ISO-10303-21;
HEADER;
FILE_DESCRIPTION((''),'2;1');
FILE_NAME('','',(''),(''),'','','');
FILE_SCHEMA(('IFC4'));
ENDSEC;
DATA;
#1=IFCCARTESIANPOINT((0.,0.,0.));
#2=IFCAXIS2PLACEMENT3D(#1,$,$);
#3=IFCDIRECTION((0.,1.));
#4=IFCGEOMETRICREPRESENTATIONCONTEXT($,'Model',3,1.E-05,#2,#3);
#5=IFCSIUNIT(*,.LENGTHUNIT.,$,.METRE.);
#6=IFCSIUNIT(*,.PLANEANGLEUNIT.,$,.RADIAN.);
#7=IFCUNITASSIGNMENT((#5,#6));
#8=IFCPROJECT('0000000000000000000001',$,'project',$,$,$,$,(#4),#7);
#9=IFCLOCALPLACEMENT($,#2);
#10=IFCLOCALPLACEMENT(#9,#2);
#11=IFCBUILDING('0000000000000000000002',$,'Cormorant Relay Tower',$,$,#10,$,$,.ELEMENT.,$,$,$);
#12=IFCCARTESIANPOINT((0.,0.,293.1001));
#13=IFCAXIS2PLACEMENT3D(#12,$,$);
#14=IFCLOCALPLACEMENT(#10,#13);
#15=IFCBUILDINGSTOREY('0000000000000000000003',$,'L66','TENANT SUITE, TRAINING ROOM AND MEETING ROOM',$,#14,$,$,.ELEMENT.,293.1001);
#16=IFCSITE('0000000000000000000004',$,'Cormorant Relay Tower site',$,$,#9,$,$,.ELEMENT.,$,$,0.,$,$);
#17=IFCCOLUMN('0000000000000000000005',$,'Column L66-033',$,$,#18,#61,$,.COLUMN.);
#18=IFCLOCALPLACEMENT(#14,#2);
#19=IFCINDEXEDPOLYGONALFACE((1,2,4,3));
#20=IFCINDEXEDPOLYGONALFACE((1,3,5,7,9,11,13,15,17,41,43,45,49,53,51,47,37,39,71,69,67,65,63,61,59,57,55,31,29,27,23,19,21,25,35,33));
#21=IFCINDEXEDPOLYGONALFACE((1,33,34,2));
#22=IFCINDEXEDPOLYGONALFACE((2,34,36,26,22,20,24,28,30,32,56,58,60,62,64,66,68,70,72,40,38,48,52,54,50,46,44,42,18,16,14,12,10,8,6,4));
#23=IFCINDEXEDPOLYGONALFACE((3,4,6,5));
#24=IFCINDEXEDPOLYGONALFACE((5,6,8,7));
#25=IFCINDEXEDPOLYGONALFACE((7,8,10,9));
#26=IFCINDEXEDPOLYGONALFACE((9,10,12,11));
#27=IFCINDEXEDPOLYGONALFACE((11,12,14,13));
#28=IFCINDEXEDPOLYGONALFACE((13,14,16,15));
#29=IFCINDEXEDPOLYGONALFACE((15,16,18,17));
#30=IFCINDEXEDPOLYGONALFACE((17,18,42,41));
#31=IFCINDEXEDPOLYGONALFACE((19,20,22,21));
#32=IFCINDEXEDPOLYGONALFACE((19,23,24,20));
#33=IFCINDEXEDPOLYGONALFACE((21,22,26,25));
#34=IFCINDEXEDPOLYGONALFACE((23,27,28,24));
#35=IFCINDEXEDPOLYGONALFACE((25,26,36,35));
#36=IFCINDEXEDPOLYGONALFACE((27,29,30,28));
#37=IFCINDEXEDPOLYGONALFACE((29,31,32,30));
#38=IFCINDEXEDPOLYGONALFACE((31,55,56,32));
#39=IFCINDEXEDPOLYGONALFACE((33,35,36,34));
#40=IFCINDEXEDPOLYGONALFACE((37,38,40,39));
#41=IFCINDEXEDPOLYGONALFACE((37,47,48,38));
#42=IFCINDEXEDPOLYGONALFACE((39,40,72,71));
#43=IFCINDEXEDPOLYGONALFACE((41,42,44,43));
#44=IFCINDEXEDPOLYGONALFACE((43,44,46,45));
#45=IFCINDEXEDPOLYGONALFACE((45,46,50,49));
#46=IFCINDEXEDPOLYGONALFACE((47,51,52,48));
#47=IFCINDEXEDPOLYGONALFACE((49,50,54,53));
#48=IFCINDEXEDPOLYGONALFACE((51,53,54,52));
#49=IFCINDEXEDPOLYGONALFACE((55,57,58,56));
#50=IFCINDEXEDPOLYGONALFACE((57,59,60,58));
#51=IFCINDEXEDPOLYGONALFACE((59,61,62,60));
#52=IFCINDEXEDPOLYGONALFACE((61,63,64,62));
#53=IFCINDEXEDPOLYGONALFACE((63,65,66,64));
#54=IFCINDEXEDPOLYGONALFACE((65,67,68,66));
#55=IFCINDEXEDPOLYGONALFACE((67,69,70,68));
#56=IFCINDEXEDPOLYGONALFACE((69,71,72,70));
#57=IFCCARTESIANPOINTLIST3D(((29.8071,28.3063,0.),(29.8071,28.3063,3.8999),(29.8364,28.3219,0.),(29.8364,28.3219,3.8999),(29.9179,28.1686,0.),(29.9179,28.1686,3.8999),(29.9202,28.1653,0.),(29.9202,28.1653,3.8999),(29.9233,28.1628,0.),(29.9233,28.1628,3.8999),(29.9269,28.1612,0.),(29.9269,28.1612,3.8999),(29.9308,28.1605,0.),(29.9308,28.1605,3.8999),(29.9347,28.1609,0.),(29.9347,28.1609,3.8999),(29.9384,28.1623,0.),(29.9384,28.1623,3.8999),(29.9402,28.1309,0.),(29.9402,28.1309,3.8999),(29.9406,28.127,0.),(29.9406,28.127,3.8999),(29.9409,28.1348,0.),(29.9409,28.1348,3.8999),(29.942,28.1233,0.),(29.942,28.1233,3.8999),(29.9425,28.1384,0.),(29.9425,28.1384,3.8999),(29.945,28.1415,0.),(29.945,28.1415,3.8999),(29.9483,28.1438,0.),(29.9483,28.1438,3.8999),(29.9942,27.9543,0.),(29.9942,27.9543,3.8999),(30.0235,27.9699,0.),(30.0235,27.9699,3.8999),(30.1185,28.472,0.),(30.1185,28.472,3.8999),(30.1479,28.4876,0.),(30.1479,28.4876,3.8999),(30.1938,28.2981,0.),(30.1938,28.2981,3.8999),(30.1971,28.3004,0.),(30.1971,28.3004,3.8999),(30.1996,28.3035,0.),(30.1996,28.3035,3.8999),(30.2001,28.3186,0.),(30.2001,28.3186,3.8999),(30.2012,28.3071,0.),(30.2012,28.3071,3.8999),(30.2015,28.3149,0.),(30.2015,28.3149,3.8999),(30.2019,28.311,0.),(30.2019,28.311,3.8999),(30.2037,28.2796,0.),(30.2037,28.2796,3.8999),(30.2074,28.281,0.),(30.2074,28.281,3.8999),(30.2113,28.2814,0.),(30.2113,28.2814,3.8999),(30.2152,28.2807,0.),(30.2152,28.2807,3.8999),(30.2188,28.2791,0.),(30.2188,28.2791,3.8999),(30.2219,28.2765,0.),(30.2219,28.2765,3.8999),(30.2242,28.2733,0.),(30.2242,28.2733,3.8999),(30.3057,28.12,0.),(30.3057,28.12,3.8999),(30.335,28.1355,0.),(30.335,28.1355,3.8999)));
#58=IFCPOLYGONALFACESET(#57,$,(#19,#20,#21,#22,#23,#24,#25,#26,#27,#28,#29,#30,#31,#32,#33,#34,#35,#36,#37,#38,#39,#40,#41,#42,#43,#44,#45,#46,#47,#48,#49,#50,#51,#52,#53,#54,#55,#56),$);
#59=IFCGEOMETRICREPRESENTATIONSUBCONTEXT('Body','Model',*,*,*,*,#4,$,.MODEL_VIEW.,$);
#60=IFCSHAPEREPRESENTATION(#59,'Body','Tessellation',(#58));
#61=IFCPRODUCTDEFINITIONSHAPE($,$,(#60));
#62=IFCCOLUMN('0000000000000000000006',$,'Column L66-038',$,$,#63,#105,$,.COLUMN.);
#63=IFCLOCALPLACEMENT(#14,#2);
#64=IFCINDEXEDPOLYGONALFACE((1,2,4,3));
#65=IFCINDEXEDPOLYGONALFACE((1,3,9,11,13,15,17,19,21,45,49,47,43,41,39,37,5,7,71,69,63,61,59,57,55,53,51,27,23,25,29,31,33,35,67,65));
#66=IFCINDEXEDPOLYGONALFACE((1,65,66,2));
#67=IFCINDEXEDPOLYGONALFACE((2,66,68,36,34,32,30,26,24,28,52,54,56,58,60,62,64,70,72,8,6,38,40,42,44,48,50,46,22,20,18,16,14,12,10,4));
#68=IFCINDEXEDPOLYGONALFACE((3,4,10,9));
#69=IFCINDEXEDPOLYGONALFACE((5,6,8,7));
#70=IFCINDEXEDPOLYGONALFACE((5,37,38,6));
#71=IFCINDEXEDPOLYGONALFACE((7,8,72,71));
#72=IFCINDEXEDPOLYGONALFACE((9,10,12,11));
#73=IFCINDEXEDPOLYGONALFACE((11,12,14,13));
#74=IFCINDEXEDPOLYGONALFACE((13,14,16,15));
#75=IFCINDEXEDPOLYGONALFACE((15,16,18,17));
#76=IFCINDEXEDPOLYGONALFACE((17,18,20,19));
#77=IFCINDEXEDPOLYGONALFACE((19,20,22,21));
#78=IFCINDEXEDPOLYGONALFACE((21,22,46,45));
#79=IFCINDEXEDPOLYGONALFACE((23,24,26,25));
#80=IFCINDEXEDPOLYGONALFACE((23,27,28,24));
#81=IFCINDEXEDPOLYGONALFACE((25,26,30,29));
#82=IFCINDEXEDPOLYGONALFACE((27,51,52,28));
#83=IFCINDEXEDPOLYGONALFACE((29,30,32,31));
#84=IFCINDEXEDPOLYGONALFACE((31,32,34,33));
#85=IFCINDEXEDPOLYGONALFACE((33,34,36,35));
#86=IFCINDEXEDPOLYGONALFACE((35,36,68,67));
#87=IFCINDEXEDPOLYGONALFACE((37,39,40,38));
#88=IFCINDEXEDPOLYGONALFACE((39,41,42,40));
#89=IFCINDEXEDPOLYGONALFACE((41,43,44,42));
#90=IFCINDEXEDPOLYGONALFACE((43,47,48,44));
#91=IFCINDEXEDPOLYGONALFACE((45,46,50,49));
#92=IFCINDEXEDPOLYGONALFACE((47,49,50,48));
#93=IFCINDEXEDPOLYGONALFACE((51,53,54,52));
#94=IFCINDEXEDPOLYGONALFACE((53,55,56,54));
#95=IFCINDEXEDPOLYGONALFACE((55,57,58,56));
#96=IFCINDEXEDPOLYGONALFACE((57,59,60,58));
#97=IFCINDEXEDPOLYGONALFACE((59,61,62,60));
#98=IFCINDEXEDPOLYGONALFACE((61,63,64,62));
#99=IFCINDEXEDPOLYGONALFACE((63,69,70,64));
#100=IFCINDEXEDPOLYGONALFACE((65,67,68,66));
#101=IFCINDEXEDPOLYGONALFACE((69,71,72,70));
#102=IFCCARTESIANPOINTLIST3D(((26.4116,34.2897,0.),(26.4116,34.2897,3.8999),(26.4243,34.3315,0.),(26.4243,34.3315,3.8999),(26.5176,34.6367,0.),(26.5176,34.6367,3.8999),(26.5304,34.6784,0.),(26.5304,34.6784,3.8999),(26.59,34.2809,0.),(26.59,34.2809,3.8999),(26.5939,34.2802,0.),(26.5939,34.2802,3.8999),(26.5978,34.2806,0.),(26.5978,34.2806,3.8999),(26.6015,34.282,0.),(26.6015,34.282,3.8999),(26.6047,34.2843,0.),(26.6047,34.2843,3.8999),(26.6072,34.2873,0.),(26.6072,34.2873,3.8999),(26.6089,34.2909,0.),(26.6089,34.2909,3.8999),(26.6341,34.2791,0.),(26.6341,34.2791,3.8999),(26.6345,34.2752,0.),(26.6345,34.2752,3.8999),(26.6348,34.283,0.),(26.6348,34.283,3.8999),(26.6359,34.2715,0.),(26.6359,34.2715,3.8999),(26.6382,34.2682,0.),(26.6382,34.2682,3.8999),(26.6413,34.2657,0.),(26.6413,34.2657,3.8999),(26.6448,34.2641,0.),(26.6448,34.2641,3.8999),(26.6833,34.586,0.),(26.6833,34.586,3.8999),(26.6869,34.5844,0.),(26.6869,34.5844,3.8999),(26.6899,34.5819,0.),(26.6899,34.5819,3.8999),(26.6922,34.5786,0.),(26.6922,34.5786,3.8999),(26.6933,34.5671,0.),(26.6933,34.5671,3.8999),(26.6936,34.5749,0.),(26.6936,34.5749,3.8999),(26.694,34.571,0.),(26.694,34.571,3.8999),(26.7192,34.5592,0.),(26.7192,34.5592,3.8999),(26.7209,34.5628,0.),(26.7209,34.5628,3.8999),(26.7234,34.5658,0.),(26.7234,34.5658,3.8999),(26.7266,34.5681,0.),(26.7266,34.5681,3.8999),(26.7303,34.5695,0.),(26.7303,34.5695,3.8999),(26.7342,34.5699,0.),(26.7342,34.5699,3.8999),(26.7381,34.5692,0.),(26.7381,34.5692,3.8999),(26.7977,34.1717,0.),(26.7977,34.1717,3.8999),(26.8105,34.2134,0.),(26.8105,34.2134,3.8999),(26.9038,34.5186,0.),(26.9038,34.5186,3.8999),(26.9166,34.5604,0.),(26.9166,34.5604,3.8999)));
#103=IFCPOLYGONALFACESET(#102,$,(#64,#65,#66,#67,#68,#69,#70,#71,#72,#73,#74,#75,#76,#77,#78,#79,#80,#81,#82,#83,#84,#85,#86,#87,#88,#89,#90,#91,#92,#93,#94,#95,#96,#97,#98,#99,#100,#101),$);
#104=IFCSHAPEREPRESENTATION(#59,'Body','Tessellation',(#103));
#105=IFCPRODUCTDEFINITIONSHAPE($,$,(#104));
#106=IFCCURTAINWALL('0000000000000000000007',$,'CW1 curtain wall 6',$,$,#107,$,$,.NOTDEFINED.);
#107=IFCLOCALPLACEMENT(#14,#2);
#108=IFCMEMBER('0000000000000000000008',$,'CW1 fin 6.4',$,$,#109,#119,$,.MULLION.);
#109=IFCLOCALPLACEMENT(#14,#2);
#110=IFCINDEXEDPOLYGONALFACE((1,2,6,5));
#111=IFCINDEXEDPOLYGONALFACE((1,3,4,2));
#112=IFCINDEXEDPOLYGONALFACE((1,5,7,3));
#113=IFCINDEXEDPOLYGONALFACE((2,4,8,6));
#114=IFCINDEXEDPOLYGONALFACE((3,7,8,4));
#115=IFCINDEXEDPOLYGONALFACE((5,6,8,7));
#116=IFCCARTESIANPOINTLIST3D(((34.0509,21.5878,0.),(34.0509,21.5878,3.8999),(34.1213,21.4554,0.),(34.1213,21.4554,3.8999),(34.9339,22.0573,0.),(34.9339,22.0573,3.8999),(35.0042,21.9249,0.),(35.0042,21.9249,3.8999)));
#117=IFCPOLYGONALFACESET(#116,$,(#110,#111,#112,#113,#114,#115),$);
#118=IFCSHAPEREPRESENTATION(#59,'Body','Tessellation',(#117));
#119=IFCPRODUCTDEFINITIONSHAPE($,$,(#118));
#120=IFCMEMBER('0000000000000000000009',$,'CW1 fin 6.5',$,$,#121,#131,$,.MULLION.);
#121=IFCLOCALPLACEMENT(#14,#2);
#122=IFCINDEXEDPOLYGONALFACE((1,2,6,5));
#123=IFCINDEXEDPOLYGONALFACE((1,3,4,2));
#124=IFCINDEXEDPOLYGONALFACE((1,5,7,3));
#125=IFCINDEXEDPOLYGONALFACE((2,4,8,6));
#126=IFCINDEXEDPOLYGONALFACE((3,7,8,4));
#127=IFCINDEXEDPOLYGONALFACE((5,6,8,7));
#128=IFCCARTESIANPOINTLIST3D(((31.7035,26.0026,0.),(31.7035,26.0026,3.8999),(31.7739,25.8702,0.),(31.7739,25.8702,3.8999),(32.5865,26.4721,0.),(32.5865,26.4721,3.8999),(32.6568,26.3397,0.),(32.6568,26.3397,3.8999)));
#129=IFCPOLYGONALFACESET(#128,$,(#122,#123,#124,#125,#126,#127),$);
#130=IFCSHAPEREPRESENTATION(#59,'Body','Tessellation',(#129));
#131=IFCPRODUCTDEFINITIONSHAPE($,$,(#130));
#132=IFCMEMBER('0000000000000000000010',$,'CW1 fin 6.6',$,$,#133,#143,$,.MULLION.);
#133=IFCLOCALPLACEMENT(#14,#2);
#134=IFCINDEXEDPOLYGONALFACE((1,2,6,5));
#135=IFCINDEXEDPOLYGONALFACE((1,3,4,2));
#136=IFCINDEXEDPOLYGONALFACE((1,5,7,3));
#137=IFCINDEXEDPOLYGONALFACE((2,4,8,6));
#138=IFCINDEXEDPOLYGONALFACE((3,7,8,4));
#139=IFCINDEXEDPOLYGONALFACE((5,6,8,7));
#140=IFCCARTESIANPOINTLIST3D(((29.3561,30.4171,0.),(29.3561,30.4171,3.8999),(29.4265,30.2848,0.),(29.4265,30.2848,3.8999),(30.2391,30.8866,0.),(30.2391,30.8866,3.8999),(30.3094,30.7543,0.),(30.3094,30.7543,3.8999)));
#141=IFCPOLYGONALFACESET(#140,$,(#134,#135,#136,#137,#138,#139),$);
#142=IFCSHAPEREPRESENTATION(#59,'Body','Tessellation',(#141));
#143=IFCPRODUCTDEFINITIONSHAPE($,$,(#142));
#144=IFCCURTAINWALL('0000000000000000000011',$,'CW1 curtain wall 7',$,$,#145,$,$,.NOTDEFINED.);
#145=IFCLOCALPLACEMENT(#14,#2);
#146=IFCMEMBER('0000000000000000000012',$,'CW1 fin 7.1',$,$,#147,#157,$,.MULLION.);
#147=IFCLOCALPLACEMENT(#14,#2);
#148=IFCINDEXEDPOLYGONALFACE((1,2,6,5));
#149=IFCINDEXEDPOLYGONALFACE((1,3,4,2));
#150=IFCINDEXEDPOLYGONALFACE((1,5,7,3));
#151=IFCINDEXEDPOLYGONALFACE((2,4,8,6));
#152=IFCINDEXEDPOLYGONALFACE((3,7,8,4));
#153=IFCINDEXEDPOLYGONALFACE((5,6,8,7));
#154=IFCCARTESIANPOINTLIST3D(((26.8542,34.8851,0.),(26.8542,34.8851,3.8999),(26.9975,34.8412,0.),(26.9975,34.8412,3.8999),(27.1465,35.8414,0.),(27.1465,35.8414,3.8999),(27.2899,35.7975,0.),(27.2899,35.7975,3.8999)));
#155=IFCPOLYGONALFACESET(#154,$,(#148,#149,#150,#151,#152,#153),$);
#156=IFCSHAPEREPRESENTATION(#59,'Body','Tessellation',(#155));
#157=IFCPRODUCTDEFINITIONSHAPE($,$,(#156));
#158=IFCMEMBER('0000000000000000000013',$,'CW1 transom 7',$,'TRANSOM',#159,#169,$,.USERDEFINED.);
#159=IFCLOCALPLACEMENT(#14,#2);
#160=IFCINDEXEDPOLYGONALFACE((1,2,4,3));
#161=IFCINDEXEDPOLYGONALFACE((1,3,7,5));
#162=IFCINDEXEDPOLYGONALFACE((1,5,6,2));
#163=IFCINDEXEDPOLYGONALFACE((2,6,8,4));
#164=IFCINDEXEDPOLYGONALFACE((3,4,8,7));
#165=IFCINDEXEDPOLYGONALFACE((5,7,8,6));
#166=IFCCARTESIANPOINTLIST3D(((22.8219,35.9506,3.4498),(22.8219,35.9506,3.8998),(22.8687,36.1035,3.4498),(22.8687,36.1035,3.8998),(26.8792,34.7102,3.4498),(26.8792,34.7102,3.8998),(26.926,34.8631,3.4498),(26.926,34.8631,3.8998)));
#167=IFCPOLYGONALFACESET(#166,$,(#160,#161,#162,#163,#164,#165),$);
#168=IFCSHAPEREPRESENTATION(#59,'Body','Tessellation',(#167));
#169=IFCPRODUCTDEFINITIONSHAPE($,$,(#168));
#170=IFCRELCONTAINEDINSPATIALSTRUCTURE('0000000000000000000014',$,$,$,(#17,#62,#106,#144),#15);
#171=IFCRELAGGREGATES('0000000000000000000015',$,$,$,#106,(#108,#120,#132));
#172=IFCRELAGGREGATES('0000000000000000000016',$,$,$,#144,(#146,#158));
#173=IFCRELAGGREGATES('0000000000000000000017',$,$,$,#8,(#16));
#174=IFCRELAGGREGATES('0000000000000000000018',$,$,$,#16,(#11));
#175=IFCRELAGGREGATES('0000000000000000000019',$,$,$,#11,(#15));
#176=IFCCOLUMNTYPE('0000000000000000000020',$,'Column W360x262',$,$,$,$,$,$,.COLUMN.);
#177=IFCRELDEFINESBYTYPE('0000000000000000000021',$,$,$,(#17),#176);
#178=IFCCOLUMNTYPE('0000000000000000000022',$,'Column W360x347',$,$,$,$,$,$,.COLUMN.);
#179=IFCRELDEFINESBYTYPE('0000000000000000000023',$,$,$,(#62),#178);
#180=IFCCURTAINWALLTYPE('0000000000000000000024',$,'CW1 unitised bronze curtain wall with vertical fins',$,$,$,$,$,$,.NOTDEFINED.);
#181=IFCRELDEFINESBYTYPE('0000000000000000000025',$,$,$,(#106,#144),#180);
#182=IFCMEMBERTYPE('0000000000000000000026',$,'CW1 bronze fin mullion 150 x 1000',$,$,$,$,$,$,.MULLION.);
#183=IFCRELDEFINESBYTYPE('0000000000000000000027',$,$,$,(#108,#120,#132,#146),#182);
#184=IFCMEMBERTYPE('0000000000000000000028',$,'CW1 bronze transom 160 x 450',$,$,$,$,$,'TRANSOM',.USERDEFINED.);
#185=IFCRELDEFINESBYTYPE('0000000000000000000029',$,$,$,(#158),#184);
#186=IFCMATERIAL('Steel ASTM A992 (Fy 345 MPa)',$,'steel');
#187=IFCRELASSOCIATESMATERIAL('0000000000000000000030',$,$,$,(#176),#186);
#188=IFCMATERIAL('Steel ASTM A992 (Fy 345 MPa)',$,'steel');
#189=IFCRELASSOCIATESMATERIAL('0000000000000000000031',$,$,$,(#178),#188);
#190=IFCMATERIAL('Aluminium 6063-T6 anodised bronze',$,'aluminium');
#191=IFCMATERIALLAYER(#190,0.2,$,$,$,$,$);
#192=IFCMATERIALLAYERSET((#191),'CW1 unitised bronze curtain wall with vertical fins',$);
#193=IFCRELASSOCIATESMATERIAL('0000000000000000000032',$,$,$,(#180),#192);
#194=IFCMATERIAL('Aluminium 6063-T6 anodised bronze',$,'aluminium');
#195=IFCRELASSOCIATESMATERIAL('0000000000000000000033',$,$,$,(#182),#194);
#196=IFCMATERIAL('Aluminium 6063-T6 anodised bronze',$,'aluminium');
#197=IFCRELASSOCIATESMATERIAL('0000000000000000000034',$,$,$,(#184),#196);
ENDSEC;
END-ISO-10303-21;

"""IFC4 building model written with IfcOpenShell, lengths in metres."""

from ifc_helpers import new_model, si_unit, direction, frame, origin, origin_2d, place, context, subcontext, project, spatial, rectangle, i_section, extrude, material, layer, layer_set, material_profile, profile_set, type_object, element, aggregate, save


model = new_model("IFC4")

# Units and contexts
model_context = context("Model", 3, precision=1e-05, world=origin(), true_north=direction((0.0, 1.0)))
body_context = subcontext(model_context, "Body", "Model", "MODEL_VIEW")
ifc_project = project(units=[si_unit("LENGTHUNIT", "METRE"), si_unit("PLANEANGLEUNIT", "RADIAN")], contexts=[model_context])

# Site, building, storey
site_placement = place(None, origin())
site = spatial("IfcSite", under=ifc_project, at=site_placement, Name="Cormorant Relay Tower site", CompositionType="ELEMENT", RefElevation=0.0)
building_placement = place(site_placement, origin())
building = spatial("IfcBuilding", under=site, at=building_placement, Name="Cormorant Relay Tower", CompositionType="ELEMENT")
storey_placement = place(building_placement, frame((0.0, 0.0, 293.1001)))
storey = spatial("IfcBuildingStorey", under=building, at=storey_placement, Name="L66", Description="TENANT SUITE, TRAINING ROOM AND MEETING ROOM", CompositionType="ELEMENT", Elevation=293.1001)

# Columns
ifc_material_1 = material(Name="Steel ASTM A992 (Fy 345 MPa)", Category="steel")
ifc_material_profile_1 = material_profile(ifc_material_1, i_section(OverallWidth=0.3987, OverallDepth=0.386, WebThickness=0.021, FlangeThickness=0.0332, FilletRadius=0.0151, at=origin_2d()), Name="W360x262")
ifc_profile_set_1 = profile_set([ifc_material_profile_1], Name="Steel ASTM A992 (Fy 345 MPa)")
column_type_1 = type_object("IfcColumnType", Name="Column W360x262", PredefinedType="COLUMN", material=ifc_profile_set_1)
column_1_placement = place(storey_placement, frame((30.071, 28.2209, 0.0), z_axis=(0.0, 0.0, 1.0), x_axis=(-0.469472, 0.882948, 0.0)))
element("IfcColumn", 1, at=column_1_placement, inside=storey, type_object=column_type_1, Name="Column L66-033", PredefinedType="COLUMN", context=body_context, shape_type="SweptSolid", body=[
    extrude(i_section(OverallWidth=0.3987, OverallDepth=0.386, WebThickness=0.021, FlangeThickness=0.0332, FilletRadius=0.0151, at=origin_2d()), origin(), (0.0, 0.0, 1.0), 3.8999),
])
ifc_material_2 = material(Name="Steel ASTM A992 (Fy 345 MPa)", Category="steel")
ifc_material_profile_2 = material_profile(ifc_material_2, i_section(OverallWidth=0.4038, OverallDepth=0.4065, WebThickness=0.0271, FlangeThickness=0.0437, FilletRadius=0.0151, at=origin_2d()), Name="W360x347")
ifc_profile_set_2 = profile_set([ifc_material_profile_2], Name="Steel ASTM A992 (Fy 345 MPa)")
column_type_2 = type_object("IfcColumnType", Name="Column W360x347", PredefinedType="COLUMN", material=ifc_profile_set_2)
column_2_placement = place(storey_placement, frame((26.6641, 34.425, 0.0), z_axis=(0.0, 0.0, 1.0), x_axis=(-0.956305, 0.292372, 0.0)))
element("IfcColumn", 2, at=column_2_placement, inside=storey, type_object=column_type_2, Name="Column L66-038", PredefinedType="COLUMN", context=body_context, shape_type="SweptSolid", body=[
    extrude(i_section(OverallWidth=0.4038, OverallDepth=0.4065, WebThickness=0.0271, FlangeThickness=0.0437, FilletRadius=0.0151, at=origin_2d()), origin(), (0.0, 0.0, 1.0), 3.8999),
])

# Curtain walls, members
ifc_material_3 = material(Name="Aluminium 6063-T6 anodised bronze", Category="aluminium")
ifc_layer_1 = layer(ifc_material_3, 0.2)
ifc_layer_set_1 = layer_set([ifc_layer_1], Name="CW1 unitised bronze curtain wall with vertical fins")
curtain_wall_type = type_object("IfcCurtainWallType", Name="CW1 unitised bronze curtain wall with vertical fins", PredefinedType="NOTDEFINED", material=ifc_layer_set_1)
curtain_wall_1_placement = place(storey_placement, origin())
curtain_wall_1 = element("IfcCurtainWall", 3, at=curtain_wall_1_placement, inside=storey, type_object=curtain_wall_type, Name="CW1 curtain wall 6", PredefinedType="NOTDEFINED")
ifc_material_4 = material(Name="Aluminium 6063-T6 anodised bronze", Category="aluminium")
ifc_material_profile_3 = material_profile(ifc_material_4, rectangle(XDim=0.1499, YDim=1.0, at=origin_2d()), Name="AL 150x1000")
ifc_profile_set_3 = profile_set([ifc_material_profile_3], Name="Aluminium 6063-T6 anodised bronze")
member_type_1 = type_object("IfcMemberType", Name="CW1 bronze fin mullion 150 x 1000", PredefinedType="MULLION", material=ifc_profile_set_3)
member_1_placement = place(storey_placement, frame((34.5276, 21.7563, 0.0), z_axis=(0.0, 0.0, 1.0), x_axis=(-0.469472, 0.882948, 0.0)))
member_1 = element("IfcMember", 4, at=member_1_placement, type_object=member_type_1, Name="CW1 fin 6.4", PredefinedType="MULLION", context=body_context, shape_type="SweptSolid", body=[
    extrude(rectangle(XDim=0.1499, YDim=1.0, at=origin_2d()), origin(), (0.0, 0.0, 1.0), 3.8999),
])
member_2_placement = place(storey_placement, frame((32.1802, 26.1711, 0.0), z_axis=(0.0, 0.0, 1.0), x_axis=(-0.469472, 0.882948, 0.0)))
member_2 = element("IfcMember", 5, at=member_2_placement, type_object=member_type_1, Name="CW1 fin 6.5", PredefinedType="MULLION", context=body_context, shape_type="SweptSolid", body=[
    extrude(rectangle(XDim=0.1499, YDim=1.0, at=origin_2d()), origin(), (0.0, 0.0, 1.0), 3.8999),
])
member_3_placement = place(storey_placement, frame((29.8328, 30.5857, 0.0), z_axis=(0.0, 0.0, 1.0), x_axis=(-0.469472, 0.882948, 0.0)))
member_3 = element("IfcMember", 6, at=member_3_placement, type_object=member_type_1, Name="CW1 fin 6.6", PredefinedType="MULLION", context=body_context, shape_type="SweptSolid", body=[
    extrude(rectangle(XDim=0.1499, YDim=1.0, at=origin_2d()), origin(), (0.0, 0.0, 1.0), 3.8999),
])
curtain_wall_2_placement = place(storey_placement, origin())
curtain_wall_2 = element("IfcCurtainWall", 7, at=curtain_wall_2_placement, inside=storey, type_object=curtain_wall_type, Name="CW1 curtain wall 7", PredefinedType="NOTDEFINED")
member_4_placement = place(storey_placement, frame((27.072, 35.3413, 0.0), z_axis=(0.0, 0.0, 1.0), x_axis=(-0.956305, 0.292372, 0.0)))
member_4 = element("IfcMember", 8, at=member_4_placement, type_object=member_type_1, Name="CW1 fin 7.1", PredefinedType="MULLION", context=body_context, shape_type="SweptSolid", body=[
    extrude(rectangle(XDim=0.1499, YDim=1.0, at=origin_2d()), origin(), (0.0, 0.0, 1.0), 3.8999),
])
ifc_material_5 = material(Name="Aluminium 6063-T6 anodised bronze", Category="aluminium")
ifc_material_profile_4 = material_profile(ifc_material_5, rectangle(XDim=0.1599, YDim=0.45, at=origin_2d()), Name="AL 160x450")
ifc_profile_set_4 = profile_set([ifc_material_profile_4], Name="Aluminium 6063-T6 anodised bronze")
member_type_2 = type_object("IfcMemberType", Name="CW1 bronze transom 160 x 450", ElementType="TRANSOM", PredefinedType="USERDEFINED", material=ifc_profile_set_4)
member_5_placement = place(storey_placement, frame((26.9026, 34.7866, 3.6748), z_axis=(-0.956304, 0.292375, 0.0), x_axis=(-0.292375, -0.956304, 0.0)))
member_5 = element("IfcMember", 9, at=member_5_placement, type_object=member_type_2, Name="CW1 transom 7", ObjectType="TRANSOM", PredefinedType="USERDEFINED", context=body_context, shape_type="SweptSolid", body=[
    extrude(rectangle(XDim=0.1599, YDim=0.45, at=origin_2d()), origin(), (0.0, 0.0, 1.0), 4.2427),
])

aggregate(curtain_wall_1, [member_1, member_2, member_3])
aggregate(curtain_wall_2, [member_4, member_5])

save(model, "model.ifc")
